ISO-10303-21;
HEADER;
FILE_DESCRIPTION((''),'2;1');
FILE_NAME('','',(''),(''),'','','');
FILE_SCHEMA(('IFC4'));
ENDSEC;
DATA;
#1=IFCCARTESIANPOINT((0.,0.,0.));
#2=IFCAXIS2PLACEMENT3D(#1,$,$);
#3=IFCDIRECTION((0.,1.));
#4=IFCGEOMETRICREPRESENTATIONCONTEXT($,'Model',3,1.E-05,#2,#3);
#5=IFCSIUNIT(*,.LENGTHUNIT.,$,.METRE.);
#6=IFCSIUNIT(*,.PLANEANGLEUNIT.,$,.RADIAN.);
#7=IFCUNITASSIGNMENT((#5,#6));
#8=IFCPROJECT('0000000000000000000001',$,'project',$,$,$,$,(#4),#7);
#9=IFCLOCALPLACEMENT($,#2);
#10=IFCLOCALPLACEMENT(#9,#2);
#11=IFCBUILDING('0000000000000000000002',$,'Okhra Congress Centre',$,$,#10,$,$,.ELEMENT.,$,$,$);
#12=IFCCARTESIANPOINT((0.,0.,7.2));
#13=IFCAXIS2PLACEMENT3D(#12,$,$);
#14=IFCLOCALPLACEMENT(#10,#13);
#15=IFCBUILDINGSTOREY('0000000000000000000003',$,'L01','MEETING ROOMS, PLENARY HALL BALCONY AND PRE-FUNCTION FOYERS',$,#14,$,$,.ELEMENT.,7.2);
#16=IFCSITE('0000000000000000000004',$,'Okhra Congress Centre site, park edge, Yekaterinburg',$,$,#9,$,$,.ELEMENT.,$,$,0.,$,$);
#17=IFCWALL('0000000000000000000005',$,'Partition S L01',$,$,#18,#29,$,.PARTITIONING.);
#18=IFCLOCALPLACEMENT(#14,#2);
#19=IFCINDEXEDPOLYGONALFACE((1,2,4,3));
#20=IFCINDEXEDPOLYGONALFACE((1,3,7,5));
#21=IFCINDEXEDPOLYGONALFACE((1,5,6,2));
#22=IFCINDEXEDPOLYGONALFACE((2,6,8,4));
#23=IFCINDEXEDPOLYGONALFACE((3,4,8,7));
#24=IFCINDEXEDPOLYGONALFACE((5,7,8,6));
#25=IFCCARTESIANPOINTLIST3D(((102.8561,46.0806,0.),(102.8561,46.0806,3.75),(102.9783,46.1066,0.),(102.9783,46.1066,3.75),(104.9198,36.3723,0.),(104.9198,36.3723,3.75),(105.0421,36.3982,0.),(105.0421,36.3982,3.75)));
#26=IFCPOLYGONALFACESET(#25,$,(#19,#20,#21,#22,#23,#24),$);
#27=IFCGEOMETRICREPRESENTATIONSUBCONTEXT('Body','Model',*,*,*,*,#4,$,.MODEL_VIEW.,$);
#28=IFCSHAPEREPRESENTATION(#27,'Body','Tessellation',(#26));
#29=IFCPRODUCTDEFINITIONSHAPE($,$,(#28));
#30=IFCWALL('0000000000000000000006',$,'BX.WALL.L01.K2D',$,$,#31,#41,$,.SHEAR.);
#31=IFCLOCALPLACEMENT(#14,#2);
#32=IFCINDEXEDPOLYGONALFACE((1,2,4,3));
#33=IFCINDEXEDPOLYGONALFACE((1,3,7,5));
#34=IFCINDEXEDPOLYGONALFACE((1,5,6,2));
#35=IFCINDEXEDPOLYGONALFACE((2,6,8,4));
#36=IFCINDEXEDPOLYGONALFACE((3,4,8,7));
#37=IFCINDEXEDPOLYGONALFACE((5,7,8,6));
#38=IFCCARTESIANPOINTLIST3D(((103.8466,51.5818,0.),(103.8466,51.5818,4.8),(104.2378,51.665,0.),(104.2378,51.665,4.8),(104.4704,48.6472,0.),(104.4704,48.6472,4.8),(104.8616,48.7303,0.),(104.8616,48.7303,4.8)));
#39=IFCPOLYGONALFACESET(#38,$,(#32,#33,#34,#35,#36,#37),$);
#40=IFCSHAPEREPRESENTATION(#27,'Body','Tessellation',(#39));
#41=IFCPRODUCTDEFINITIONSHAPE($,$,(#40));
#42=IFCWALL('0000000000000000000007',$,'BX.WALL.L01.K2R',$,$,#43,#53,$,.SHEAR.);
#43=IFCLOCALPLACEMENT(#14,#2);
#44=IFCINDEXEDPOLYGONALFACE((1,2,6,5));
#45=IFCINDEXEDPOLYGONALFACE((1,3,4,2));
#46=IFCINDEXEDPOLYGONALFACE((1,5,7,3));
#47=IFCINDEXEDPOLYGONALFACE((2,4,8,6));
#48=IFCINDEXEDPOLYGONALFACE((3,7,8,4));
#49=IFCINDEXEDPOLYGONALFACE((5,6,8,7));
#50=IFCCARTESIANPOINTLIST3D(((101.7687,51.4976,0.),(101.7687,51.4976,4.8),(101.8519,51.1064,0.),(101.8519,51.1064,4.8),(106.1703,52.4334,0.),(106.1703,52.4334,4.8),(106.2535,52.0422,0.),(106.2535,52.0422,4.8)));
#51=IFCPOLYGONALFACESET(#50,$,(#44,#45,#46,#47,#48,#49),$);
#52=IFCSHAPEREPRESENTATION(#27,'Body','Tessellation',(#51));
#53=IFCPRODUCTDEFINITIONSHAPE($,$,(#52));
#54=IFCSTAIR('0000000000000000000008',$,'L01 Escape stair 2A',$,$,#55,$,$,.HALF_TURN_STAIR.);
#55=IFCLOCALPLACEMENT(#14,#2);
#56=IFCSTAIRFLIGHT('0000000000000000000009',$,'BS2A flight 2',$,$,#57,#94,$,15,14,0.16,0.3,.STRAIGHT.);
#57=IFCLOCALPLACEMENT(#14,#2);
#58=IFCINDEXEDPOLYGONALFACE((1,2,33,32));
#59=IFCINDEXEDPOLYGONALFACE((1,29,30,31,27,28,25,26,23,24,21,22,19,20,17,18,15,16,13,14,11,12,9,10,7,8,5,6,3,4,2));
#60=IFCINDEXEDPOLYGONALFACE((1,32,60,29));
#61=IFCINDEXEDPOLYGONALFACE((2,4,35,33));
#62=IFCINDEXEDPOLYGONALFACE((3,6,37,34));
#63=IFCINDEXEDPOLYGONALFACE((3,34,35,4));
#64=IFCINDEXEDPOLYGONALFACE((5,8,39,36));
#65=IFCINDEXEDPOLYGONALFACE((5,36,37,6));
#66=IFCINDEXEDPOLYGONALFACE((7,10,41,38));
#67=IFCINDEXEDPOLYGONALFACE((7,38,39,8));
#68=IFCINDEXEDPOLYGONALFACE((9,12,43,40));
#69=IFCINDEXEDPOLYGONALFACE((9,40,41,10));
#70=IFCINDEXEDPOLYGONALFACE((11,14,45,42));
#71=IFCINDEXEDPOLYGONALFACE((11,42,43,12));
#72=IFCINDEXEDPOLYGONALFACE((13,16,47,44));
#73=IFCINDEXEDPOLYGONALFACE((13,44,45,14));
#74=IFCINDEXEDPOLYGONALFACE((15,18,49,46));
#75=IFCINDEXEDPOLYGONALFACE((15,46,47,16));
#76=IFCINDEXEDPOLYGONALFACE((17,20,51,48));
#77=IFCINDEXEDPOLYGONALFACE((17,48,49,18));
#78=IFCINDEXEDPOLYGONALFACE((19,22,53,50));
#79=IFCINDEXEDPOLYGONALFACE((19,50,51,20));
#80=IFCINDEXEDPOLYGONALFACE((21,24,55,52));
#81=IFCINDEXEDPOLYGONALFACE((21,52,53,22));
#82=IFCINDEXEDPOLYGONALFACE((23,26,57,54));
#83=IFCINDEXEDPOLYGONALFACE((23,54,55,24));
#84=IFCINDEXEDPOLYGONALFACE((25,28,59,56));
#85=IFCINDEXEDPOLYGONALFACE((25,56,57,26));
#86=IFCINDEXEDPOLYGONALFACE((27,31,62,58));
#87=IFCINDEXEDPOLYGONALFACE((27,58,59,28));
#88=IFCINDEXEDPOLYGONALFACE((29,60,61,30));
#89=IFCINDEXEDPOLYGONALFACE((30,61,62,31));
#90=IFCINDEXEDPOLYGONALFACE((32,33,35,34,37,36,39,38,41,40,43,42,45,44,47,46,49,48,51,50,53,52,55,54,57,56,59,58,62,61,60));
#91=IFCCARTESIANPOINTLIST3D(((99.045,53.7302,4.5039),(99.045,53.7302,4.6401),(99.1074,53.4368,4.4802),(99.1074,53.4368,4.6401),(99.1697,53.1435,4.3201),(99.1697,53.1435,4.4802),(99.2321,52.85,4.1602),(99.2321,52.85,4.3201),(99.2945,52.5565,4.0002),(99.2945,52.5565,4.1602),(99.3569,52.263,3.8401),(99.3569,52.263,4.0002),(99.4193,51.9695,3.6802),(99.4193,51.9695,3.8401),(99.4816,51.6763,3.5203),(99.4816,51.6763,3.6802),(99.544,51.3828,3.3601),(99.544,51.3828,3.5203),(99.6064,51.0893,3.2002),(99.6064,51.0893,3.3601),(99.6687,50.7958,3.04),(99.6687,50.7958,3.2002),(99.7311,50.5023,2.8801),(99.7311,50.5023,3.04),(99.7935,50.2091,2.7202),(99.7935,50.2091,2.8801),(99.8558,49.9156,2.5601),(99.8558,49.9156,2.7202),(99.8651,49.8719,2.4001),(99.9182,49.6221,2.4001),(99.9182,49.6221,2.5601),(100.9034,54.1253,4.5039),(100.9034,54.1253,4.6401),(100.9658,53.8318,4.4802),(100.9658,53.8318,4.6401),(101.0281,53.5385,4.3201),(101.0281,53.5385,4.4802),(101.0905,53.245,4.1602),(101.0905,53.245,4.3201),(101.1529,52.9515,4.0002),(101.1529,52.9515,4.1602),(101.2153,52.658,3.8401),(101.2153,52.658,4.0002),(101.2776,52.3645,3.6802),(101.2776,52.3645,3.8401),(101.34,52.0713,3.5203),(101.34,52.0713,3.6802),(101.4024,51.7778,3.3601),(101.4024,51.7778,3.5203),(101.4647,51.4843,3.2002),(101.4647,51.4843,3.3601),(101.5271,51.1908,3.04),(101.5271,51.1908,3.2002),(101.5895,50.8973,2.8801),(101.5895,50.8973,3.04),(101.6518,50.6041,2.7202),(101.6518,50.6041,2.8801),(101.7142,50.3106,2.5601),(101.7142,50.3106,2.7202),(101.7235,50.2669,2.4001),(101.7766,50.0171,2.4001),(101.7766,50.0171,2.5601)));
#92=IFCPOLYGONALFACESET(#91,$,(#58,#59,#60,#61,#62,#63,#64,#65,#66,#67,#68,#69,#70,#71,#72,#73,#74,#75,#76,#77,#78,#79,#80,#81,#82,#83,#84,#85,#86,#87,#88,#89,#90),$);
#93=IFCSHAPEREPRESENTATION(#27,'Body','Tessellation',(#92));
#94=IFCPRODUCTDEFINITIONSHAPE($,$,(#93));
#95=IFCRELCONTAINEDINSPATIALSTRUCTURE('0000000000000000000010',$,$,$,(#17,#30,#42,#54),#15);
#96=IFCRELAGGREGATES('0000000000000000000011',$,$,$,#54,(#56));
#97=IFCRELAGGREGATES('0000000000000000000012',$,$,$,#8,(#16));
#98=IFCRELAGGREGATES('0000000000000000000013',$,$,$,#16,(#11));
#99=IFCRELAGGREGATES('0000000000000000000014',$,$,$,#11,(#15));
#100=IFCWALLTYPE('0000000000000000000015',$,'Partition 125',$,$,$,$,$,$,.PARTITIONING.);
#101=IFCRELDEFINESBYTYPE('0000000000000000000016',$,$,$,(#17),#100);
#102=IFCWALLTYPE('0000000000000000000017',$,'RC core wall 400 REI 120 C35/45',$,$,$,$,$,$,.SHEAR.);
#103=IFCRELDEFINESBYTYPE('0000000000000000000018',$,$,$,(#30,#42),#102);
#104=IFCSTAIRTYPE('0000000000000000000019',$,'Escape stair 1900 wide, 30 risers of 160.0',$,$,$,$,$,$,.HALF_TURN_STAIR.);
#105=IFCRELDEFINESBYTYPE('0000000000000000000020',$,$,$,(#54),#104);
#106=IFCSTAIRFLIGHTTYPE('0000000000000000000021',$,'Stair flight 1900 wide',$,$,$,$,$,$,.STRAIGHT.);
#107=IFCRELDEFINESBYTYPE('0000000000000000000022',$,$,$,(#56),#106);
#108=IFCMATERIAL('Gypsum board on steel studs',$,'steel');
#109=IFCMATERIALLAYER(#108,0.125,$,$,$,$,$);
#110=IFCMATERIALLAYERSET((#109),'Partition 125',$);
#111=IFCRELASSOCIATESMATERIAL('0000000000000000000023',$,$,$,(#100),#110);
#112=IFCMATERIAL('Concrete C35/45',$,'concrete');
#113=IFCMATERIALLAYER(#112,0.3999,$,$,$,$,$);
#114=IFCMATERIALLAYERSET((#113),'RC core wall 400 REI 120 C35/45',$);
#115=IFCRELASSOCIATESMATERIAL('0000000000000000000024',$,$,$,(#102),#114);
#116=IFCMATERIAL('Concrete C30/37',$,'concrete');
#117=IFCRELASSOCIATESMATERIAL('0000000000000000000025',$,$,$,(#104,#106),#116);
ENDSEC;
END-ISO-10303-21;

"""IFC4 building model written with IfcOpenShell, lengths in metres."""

from ifc_helpers import new_model, si_unit, direction, frame, frame_2d, origin, place, context, subcontext, project, spatial, polyline, rectangle, outline, extrude, material, layer, layer_set, type_object, element, aggregate, save


model = new_model("IFC4")

# Units and contexts
model_context = context("Model", 3, precision=1e-05, world=origin(), true_north=direction((0.0, 1.0)))
body_context = subcontext(model_context, "Body", "Model", "MODEL_VIEW")
ifc_project = project(units=[si_unit("LENGTHUNIT", "METRE"), si_unit("PLANEANGLEUNIT", "RADIAN")], contexts=[model_context])

# Site, building, storey
site_placement = place(None, origin())
site = spatial("IfcSite", under=ifc_project, at=site_placement, Name="Okhra Congress Centre site, park edge, Yekaterinburg", CompositionType="ELEMENT", RefElevation=0.0)
building_placement = place(site_placement, origin())
building = spatial("IfcBuilding", under=site, at=building_placement, Name="Okhra Congress Centre", CompositionType="ELEMENT")
storey_placement = place(building_placement, frame((0.0, 0.0, 7.2)))
storey = spatial("IfcBuildingStorey", under=building, at=storey_placement, Name="L01", Description="MEETING ROOMS, PLENARY HALL BALCONY AND PRE-FUNCTION FOYERS", CompositionType="ELEMENT", Elevation=7.2)

# Walls
ifc_material_1 = material(Name="Gypsum board on steel studs", Category="steel")
ifc_layer_1 = layer(ifc_material_1, 0.125)
ifc_layer_set_1 = layer_set([ifc_layer_1], Name="Partition 125")
wall_type_1 = type_object("IfcWallType", Name="Partition 125", PredefinedType="PARTITIONING", material=ifc_layer_set_1)
wall_1_placement = place(storey_placement, frame((104.981, 36.3853, 0.0), z_axis=(0.0, 0.0, 1.0), x_axis=(-0.207928, 0.978144, 0.0)))
element("IfcWall", 1, at=wall_1_placement, inside=storey, type_object=wall_type_1, Name="Partition S L01", PredefinedType="PARTITIONING", context=body_context, shape_type="SweptSolid", body=[
    extrude(rectangle(XDim=9.9253, YDim=0.125, at=frame_2d((4.9626, 0.0))), origin(), (0.0, 0.0, 1.0), 3.75),
])
ifc_material_2 = material(Name="Concrete C35/45", Category="concrete")
ifc_layer_2 = layer(ifc_material_2, 0.3999)
ifc_layer_set_2 = layer_set([ifc_layer_2], Name="RC core wall 400 REI 120 C35/45")
wall_type_2 = type_object("IfcWallType", Name="RC core wall 400 REI 120 C35/45", PredefinedType="SHEAR", material=ifc_layer_set_2)
wall_2_placement = place(storey_placement, frame((104.0422, 51.6233, 0.0), z_axis=(0.0, 0.0, 1.0), x_axis=(0.207917, -0.978146, 0.0)))
element("IfcWall", 2, at=wall_2_placement, inside=storey, type_object=wall_type_2, Name="BX.WALL.L01.K2D", PredefinedType="SHEAR", context=body_context, shape_type="SweptSolid", body=[
    extrude(rectangle(XDim=3.0002, YDim=0.3999, at=frame_2d((1.5, 0.0))), origin(), (0.0, 0.0, 1.0), 4.8),
])
wall_3_placement = place(storey_placement, frame((101.8103, 51.302, 0.0), z_axis=(0.0, 0.0, 1.0), x_axis=(0.978139, 0.207954, 0.0)))
element("IfcWall", 3, at=wall_3_placement, inside=storey, type_object=wall_type_2, Name="BX.WALL.L01.K2R", PredefinedType="SHEAR", context=body_context, shape_type="SweptSolid", body=[
    extrude(rectangle(XDim=4.5, YDim=0.3999, at=frame_2d((2.25, 0.0))), origin(), (0.0, 0.0, 1.0), 4.8),
])

# Stair, stair flight
ifc_material_3 = material(Name="Concrete C30/37", Category="concrete")
stair_type = type_object("IfcStairType", Name="Escape stair 1900 wide, 30 risers of 160.0", PredefinedType="HALF_TURN_STAIR", material=ifc_material_3)
stair_placement = place(storey_placement, origin())
stair = element("IfcStair", 4, at=stair_placement, inside=storey, type_object=stair_type, Name="L01 Escape stair 2A", PredefinedType="HALF_TURN_STAIR")
stair_flight_type = type_object("IfcStairFlightType", Name="Stair flight 1900 wide", PredefinedType="STRAIGHT", material=ifc_material_3)
stair_flight_placement = place(storey_placement, frame((100.8474, 49.8196, 2.4001), z_axis=(0.0, 0.0, 1.0), x_axis=(-0.207912, 0.978148, 0.0)))
stair_flight = element("IfcStairFlight", 5, at=stair_flight_placement, type_object=stair_flight_type, Name="BS2A flight 2", NumberOfRisers=15, NumberOfTreads=14, PredefinedType="STRAIGHT", RiserHeight=0.16, TreadLength=0.3, context=body_context, shape_type="SweptSolid", body=[
    extrude(outline(polyline([(0.0, 0.0), (0.0, 0.1599), (0.3, 0.1599), (0.3, 0.3201), (0.6001, 0.3201), (0.6001, 0.48), (0.8999, 0.48), (0.8999, 0.6399), (1.2, 0.6399), (1.2, 0.8), (1.5, 0.8), (1.5, 0.96), (1.8, 0.96), (1.8, 1.1201), (2.1001, 1.1201), (2.1001, 1.28), (2.3999, 1.28), (2.3999, 1.4399), (2.7, 1.4399), (2.7, 1.6001), (3.0, 1.6001), (3.0, 1.76), (3.3, 1.76), (3.3, 1.9199), (3.6001, 1.9199), (3.6001, 2.0801), (3.8999, 2.0801), (3.8999, 2.24), (4.2, 2.24), (4.2, 2.3999), (4.2, 2.1038), (0.2554, 0.0), (0.0, 0.0)])), frame((0.0, 0.95, 0.0), z_axis=(0.0, -1.0, 0.0), x_axis=(1.0, 0.0, 0.0)), (0.0, 0.0, 1.0), 1.8999),
])
aggregate(stair, [stair_flight])

save(model, "model.ifc")
